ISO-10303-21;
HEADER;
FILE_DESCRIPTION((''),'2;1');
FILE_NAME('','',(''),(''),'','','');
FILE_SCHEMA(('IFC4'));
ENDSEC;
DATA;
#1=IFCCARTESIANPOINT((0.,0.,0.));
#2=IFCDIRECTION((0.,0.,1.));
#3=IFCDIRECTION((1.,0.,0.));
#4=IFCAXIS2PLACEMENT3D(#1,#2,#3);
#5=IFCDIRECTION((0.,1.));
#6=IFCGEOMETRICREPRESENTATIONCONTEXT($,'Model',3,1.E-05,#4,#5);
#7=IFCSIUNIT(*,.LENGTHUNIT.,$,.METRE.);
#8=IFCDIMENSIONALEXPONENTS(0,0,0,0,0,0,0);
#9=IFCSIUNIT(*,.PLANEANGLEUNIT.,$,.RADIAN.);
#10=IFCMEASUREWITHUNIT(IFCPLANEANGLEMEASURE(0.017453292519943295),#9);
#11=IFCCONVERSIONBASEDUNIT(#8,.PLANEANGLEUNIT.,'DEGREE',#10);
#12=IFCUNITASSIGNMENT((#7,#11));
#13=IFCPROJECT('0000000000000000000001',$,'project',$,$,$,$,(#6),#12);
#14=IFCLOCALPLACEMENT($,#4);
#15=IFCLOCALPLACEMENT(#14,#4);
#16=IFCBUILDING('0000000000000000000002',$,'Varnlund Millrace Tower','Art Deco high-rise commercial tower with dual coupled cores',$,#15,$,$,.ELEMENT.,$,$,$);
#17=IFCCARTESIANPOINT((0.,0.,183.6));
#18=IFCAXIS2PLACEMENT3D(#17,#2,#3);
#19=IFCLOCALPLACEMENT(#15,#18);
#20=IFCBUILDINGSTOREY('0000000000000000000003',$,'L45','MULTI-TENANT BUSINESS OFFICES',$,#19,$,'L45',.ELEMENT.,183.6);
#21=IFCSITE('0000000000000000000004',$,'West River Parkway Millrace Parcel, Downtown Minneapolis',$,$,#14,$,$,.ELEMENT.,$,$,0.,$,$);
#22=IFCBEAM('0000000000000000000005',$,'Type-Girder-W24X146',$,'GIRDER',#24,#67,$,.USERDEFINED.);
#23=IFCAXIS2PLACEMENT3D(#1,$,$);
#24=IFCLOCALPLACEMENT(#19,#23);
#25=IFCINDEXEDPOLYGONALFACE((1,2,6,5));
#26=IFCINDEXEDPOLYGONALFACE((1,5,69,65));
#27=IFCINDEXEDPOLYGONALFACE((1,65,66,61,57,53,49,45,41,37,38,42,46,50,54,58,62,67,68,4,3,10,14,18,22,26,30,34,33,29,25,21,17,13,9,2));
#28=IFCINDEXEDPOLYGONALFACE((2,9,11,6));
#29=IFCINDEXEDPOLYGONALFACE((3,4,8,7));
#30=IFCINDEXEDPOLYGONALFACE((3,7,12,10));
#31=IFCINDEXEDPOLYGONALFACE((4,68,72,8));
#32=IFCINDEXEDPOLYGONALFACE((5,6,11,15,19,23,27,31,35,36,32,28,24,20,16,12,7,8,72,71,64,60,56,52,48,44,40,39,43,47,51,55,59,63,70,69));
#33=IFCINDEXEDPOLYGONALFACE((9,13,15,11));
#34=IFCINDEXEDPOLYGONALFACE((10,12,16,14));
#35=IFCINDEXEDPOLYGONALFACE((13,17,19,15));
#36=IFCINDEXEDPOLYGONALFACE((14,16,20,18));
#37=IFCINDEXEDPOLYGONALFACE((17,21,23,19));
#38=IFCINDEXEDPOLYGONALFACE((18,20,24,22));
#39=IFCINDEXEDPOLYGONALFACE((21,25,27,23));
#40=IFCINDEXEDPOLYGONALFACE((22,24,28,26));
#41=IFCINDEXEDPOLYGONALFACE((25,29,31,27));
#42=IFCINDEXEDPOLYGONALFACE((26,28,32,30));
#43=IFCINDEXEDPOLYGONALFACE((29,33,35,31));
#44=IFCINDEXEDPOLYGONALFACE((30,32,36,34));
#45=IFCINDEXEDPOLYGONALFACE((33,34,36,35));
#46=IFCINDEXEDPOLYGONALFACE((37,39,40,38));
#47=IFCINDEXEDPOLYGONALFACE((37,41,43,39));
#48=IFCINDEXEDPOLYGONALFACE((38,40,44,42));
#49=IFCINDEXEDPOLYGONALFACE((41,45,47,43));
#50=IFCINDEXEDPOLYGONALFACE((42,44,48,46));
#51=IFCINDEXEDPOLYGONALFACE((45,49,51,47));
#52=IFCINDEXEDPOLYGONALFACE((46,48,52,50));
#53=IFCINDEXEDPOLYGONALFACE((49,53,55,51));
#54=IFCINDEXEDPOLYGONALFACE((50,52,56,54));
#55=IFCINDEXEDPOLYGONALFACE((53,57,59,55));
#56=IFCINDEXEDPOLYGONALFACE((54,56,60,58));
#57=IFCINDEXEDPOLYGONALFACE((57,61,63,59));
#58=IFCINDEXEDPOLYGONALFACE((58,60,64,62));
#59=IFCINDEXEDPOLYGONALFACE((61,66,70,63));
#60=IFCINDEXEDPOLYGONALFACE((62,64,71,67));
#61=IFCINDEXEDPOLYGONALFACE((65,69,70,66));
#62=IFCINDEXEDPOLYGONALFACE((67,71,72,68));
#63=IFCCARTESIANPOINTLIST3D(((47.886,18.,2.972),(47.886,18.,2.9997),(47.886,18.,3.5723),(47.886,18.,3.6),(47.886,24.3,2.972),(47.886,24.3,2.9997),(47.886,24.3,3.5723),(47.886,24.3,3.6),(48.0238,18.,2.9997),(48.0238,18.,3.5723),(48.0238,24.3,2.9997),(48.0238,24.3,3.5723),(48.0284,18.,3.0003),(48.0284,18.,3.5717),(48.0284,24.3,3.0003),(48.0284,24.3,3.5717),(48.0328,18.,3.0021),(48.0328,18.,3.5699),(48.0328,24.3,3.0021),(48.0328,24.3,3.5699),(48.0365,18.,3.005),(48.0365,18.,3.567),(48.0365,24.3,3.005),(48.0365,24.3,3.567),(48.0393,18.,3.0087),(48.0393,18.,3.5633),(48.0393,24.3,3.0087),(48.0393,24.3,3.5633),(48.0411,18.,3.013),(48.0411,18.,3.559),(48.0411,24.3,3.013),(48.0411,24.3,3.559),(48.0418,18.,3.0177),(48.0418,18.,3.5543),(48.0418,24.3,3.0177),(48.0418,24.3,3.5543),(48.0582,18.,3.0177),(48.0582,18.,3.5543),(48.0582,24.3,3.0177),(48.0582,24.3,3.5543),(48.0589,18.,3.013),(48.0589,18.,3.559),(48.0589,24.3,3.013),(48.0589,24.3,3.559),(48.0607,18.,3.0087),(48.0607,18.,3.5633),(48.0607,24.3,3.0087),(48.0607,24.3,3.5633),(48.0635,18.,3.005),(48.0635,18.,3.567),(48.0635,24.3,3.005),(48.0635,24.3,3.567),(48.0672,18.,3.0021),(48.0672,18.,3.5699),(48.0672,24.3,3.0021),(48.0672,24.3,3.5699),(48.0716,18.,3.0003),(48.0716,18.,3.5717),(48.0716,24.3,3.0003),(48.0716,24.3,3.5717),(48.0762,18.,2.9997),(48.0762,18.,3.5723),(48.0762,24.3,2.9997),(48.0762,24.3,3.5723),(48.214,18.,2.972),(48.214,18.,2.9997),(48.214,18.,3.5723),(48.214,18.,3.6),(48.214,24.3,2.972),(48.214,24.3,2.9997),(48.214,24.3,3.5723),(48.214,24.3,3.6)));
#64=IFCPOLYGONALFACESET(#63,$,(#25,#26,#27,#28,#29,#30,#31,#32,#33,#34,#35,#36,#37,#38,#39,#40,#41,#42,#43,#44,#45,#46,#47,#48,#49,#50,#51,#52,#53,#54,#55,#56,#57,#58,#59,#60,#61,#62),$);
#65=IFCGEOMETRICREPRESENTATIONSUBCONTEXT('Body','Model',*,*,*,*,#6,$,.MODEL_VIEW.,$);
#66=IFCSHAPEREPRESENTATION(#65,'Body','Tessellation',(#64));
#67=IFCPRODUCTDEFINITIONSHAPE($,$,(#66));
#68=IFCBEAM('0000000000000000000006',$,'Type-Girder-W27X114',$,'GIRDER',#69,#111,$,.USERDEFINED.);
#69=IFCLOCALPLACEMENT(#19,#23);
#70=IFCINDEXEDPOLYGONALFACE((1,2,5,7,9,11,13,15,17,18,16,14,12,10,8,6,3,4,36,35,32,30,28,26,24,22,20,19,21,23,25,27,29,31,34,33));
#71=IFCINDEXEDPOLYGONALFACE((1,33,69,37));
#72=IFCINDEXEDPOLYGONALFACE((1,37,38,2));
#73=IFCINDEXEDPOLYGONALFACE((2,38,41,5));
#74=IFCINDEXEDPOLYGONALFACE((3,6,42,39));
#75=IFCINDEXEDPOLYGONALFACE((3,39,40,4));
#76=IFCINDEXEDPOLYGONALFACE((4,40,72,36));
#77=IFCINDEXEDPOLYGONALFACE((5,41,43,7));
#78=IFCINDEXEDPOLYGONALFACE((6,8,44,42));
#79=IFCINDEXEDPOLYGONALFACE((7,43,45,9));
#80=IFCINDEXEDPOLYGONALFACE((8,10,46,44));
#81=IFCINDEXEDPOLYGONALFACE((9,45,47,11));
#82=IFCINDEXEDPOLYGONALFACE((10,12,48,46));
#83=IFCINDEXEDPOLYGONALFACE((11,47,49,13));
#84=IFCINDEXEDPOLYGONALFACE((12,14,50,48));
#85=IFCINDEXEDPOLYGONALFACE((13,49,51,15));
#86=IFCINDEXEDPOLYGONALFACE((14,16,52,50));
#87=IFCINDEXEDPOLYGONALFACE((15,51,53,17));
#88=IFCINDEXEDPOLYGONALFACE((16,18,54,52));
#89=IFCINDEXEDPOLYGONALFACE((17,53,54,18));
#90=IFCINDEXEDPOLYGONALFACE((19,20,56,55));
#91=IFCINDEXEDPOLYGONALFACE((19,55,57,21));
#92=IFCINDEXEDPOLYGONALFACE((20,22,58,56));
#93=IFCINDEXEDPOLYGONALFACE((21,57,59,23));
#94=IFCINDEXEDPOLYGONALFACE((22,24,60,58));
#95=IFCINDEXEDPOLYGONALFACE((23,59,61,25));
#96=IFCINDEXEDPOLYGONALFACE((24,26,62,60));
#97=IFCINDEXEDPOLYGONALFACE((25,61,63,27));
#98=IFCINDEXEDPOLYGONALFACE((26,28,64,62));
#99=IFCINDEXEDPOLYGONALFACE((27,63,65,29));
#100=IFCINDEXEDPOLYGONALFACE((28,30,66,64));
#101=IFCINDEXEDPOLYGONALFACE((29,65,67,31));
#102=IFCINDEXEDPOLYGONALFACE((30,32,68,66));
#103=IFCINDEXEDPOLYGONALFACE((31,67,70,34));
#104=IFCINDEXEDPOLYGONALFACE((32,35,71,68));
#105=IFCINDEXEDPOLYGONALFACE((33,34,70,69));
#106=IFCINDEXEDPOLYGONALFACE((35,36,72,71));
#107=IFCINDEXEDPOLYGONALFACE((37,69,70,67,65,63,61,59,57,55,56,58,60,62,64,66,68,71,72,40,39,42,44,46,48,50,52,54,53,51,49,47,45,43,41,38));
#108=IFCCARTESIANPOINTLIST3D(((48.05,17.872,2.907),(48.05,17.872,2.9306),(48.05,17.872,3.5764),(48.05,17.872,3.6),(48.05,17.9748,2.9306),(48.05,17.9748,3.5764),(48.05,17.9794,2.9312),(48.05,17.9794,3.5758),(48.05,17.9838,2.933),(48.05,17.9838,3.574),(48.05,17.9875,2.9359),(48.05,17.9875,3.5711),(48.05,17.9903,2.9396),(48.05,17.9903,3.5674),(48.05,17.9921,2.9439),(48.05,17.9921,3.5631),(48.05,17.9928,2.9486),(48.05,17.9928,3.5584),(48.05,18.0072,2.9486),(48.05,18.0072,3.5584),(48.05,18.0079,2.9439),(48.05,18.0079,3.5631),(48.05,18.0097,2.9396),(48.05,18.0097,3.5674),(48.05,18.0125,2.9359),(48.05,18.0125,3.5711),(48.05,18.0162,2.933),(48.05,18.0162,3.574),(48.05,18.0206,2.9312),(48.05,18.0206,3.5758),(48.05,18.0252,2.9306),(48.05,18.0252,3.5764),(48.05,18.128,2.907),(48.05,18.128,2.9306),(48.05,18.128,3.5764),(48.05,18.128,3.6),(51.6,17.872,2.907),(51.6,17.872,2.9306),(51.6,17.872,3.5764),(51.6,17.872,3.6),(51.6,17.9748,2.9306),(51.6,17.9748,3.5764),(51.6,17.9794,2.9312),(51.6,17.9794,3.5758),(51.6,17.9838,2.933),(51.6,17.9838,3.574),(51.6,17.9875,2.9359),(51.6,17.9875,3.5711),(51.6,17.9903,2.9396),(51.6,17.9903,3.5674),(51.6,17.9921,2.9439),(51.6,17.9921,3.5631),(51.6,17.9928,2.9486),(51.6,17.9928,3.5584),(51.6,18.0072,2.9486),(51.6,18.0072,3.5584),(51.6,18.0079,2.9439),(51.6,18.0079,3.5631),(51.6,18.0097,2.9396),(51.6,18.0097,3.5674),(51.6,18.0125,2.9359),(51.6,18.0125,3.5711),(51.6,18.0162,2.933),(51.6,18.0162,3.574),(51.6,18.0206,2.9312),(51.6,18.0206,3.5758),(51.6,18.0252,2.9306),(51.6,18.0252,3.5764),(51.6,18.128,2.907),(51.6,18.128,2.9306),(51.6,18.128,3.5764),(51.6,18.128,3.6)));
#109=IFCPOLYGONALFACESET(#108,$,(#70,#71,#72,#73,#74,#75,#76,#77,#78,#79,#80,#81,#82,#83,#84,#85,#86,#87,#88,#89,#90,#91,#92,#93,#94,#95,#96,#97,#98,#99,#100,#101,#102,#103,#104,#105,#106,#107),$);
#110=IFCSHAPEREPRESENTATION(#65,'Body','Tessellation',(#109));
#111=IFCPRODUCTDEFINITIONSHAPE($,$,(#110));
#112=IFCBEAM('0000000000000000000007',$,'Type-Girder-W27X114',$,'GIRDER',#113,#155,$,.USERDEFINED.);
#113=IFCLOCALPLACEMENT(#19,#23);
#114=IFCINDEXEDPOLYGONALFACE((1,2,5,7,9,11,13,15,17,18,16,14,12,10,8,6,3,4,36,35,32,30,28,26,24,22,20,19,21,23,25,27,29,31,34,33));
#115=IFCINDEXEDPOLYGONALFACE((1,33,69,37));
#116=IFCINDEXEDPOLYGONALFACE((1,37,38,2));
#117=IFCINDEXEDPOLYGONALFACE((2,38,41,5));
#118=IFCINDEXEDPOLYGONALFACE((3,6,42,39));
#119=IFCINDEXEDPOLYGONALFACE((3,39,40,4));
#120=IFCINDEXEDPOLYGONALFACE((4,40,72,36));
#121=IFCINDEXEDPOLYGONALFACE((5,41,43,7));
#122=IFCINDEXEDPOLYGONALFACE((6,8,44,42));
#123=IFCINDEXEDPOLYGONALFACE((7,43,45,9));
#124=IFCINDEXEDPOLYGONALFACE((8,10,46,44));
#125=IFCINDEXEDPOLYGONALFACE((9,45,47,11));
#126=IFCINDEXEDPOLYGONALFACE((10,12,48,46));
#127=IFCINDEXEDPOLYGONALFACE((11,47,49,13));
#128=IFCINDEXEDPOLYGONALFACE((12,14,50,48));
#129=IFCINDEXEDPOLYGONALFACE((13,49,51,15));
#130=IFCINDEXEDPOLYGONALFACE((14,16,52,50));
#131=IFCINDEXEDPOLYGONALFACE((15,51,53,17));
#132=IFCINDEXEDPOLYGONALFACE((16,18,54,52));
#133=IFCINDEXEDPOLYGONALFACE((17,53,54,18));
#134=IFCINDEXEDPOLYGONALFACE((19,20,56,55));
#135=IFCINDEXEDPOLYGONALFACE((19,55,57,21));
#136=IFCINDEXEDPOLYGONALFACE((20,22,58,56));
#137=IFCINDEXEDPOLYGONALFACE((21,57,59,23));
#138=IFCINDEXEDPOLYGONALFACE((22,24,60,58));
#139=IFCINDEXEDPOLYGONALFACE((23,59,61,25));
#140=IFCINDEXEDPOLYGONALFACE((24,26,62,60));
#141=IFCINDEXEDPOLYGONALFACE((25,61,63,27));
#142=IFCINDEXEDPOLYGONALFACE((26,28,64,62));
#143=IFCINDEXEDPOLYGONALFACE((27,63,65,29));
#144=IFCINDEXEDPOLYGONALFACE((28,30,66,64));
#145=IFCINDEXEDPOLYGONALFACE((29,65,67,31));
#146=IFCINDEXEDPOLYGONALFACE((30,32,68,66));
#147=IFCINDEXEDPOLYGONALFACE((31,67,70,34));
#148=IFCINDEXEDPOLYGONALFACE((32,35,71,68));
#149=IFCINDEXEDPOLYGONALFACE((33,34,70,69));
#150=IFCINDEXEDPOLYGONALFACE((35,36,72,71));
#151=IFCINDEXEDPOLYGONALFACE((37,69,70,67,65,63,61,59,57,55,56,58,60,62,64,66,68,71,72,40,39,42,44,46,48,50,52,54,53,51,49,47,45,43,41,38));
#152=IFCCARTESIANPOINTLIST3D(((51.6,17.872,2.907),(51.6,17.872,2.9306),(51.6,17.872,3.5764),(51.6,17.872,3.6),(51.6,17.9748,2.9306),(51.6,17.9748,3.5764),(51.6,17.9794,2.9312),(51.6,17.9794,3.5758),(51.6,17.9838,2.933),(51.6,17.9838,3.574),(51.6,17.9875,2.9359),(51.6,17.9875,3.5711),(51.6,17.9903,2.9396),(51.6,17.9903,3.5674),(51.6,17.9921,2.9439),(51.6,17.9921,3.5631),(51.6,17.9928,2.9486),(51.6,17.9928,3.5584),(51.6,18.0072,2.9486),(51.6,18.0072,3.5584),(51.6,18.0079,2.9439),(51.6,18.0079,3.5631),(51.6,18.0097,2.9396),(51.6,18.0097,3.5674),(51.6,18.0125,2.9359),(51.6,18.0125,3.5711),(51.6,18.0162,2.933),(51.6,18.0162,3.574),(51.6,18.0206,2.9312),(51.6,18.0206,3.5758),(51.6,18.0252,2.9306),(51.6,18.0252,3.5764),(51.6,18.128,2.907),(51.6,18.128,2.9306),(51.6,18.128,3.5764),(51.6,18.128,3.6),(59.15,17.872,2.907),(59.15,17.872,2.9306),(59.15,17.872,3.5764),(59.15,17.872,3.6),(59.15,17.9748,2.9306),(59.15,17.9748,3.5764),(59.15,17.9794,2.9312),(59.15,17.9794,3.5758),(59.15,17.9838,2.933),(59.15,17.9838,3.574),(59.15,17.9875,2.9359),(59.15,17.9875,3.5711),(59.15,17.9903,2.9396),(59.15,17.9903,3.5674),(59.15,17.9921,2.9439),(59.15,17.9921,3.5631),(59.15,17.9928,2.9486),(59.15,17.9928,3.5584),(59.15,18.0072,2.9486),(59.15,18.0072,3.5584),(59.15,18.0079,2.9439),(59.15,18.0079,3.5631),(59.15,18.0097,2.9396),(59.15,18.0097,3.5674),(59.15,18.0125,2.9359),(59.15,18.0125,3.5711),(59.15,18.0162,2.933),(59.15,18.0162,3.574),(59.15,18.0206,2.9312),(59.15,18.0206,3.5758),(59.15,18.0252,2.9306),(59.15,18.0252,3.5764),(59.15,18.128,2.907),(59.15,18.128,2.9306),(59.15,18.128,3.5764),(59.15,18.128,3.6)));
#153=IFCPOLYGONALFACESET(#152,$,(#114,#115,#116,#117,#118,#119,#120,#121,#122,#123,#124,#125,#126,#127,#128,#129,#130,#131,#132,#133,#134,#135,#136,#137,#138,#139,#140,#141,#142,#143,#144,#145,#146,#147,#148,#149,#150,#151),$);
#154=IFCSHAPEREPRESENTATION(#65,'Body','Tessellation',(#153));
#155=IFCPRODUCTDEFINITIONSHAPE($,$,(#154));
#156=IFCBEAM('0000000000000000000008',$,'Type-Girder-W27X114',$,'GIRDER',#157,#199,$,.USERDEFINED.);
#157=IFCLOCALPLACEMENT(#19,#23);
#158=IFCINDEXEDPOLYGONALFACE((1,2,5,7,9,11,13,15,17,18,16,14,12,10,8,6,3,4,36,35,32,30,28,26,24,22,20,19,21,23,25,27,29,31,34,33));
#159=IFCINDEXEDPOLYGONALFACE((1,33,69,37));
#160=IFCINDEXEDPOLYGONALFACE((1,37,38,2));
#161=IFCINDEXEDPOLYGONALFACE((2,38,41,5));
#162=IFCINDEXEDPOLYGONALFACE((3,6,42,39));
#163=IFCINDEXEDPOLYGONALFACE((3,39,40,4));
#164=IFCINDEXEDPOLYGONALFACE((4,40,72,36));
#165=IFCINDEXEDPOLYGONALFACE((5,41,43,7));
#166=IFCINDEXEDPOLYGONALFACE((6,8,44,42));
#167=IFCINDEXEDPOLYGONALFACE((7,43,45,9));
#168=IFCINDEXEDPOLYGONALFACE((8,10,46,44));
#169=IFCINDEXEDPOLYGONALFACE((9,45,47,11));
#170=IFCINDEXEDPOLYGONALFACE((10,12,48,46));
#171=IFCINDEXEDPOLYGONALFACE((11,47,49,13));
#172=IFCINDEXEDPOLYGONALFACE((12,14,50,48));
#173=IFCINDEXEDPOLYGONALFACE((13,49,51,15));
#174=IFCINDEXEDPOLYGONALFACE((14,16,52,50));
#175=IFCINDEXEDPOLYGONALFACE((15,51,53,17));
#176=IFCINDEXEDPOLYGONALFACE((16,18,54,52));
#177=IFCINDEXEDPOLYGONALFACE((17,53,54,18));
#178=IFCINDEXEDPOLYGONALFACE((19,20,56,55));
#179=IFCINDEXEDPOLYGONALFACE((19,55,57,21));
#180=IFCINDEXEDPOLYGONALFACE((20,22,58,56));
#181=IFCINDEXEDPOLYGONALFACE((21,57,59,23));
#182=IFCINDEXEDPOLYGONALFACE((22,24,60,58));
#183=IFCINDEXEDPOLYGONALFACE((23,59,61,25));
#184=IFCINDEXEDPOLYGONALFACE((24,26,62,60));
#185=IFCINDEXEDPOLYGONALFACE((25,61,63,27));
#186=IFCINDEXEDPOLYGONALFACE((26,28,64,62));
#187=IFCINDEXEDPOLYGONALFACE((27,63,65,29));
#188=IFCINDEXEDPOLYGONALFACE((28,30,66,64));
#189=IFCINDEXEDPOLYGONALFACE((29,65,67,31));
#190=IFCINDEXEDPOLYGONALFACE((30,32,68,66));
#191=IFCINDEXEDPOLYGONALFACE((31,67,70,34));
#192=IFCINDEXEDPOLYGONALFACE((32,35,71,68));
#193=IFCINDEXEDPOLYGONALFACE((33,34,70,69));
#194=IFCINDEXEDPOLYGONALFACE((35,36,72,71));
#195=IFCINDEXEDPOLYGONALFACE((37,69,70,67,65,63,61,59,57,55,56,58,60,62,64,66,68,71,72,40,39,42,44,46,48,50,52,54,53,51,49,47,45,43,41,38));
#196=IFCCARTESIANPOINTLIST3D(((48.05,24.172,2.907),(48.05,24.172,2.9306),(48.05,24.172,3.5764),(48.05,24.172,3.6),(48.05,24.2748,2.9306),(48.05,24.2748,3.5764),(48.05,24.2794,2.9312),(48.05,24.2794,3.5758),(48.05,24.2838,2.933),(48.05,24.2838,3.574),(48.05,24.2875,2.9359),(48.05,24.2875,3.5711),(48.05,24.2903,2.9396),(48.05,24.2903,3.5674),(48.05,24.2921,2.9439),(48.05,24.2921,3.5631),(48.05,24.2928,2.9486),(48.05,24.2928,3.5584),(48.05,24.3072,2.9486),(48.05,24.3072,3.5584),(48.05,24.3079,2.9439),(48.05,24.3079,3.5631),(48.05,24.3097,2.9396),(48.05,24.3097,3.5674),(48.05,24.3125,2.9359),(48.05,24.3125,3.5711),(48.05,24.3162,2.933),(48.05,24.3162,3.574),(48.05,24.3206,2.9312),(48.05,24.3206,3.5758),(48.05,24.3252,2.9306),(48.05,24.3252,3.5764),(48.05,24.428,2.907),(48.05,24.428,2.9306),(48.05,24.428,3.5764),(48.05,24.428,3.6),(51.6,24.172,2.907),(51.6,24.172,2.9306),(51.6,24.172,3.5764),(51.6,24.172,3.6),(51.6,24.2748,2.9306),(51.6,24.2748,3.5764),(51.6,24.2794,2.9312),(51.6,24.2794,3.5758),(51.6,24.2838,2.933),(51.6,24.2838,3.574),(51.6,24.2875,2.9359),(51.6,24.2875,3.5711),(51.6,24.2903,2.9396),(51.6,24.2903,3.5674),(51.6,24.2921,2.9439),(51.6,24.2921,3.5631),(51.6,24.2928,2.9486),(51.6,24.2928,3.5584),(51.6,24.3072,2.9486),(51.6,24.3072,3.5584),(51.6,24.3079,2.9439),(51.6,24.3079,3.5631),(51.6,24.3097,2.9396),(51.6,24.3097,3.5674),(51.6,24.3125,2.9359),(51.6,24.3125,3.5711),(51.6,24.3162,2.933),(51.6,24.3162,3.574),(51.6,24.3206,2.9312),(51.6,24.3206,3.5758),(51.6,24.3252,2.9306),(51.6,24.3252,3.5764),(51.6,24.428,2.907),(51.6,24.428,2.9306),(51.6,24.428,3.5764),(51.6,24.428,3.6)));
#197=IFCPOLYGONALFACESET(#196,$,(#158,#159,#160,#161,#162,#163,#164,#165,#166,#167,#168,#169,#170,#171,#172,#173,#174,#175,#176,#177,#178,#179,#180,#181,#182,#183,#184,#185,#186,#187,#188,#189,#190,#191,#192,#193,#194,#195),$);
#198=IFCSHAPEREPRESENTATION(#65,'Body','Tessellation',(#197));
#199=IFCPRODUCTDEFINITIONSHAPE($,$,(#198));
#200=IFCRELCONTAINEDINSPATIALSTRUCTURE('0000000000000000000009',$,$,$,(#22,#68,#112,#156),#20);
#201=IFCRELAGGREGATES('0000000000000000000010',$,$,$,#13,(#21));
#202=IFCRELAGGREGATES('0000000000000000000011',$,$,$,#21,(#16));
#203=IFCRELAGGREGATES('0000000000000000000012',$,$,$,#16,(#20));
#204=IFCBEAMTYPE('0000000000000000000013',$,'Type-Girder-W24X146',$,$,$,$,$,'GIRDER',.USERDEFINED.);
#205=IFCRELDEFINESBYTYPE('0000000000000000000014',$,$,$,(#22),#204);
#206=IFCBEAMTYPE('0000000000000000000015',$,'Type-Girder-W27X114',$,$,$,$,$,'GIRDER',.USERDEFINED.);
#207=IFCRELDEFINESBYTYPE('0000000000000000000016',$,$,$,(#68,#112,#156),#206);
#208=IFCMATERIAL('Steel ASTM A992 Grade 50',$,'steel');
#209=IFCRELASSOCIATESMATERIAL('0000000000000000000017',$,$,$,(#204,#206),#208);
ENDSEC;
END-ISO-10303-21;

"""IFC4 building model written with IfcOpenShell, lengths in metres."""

from ifc_helpers import new_model, entity, si_unit, converted_unit, direction, frame, origin_with_axes, origin_2d_with_axis, place, context, subcontext, project, spatial, i_section, extrude, material, material_profile, profile_set, type_object, element, save


model = new_model("IFC4")

# Units and contexts
model_context = context("Model", 3, precision=1e-05, world=origin_with_axes(), true_north=direction((0.0, 1.0)))
body_context = subcontext(model_context, "Body", "Model", "MODEL_VIEW")
ifc_project = project(units=[si_unit("LENGTHUNIT", "METRE"), converted_unit("PLANEANGLEUNIT", "DEGREE", entity("IfcPlaneAngleMeasure", 0.017453292519943295), si_unit("PLANEANGLEUNIT", "RADIAN"), dimensions=[0, 0, 0, 0, 0, 0, 0])], contexts=[model_context])

# Site, building, storey
site_placement = place(None, origin_with_axes())
site = spatial("IfcSite", under=ifc_project, at=site_placement, Name="West River Parkway Millrace Parcel, Downtown Minneapolis", CompositionType="ELEMENT", RefElevation=0.0)
building_placement = place(site_placement, origin_with_axes())
building = spatial("IfcBuilding", under=site, at=building_placement, Name="Varnlund Millrace Tower", Description="Art Deco high-rise commercial tower with dual coupled cores", CompositionType="ELEMENT")
storey_placement = place(building_placement, frame((0.0, 0.0, 183.6), z_axis=(0.0, 0.0, 1.0), x_axis=(1.0, 0.0, 0.0)))
storey = spatial("IfcBuildingStorey", under=building, at=storey_placement, Name="L45", Description="MULTI-TENANT BUSINESS OFFICES", LongName="L45", CompositionType="ELEMENT", Elevation=183.6)

# Beams
ifc_material_1 = material(Name="Steel ASTM A992 Grade 50", Category="steel")
ifc_material_profile_1 = material_profile(ifc_material_1, i_section(OverallWidth=0.328, OverallDepth=0.628, WebThickness=0.0165, FlangeThickness=0.0277, FilletRadius=0.018, at=origin_2d_with_axis()), Name="Steel ASTM A992 Grade 50")
ifc_profile_set_1 = profile_set([ifc_material_profile_1], Name="Steel ASTM A992 Grade 50")
beam_type_1 = type_object("IfcBeamType", Name="Type-Girder-W24X146", ElementType="GIRDER", PredefinedType="USERDEFINED", material=ifc_profile_set_1)
beam_1_placement = place(storey_placement, frame((48.05, 18.0, 3.286), z_axis=(0.0, 1.0, 0.0), x_axis=(-1.0, 0.0, 0.0)))
element("IfcBeam", 1, at=beam_1_placement, inside=storey, type_object=beam_type_1, Name="Type-Girder-W24X146", ObjectType="GIRDER", PredefinedType="USERDEFINED", context=body_context, shape_type="SweptSolid", body=[
    extrude(i_section(OverallWidth=0.328, OverallDepth=0.628, WebThickness=0.0165, FlangeThickness=0.0277, FilletRadius=0.018, at=origin_2d_with_axis()), origin_with_axes(), (0.0, 0.0, 1.0), 6.3),
])
ifc_material_profile_2 = material_profile(ifc_material_1, i_section(OverallWidth=0.256, OverallDepth=0.693, WebThickness=0.0145, FlangeThickness=0.0236, FilletRadius=0.018, at=origin_2d_with_axis()), Name="Steel ASTM A992 Grade 50")
ifc_profile_set_2 = profile_set([ifc_material_profile_2], Name="Steel ASTM A992 Grade 50")
beam_type_2 = type_object("IfcBeamType", Name="Type-Girder-W27X114", ElementType="GIRDER", PredefinedType="USERDEFINED", material=ifc_profile_set_2)
beam_2_placement = place(storey_placement, frame((48.05, 18.0, 3.2535), z_axis=(1.0, 0.0, 0.0), x_axis=(0.0, 1.0, 0.0)))
element("IfcBeam", 2, at=beam_2_placement, inside=storey, type_object=beam_type_2, Name="Type-Girder-W27X114", ObjectType="GIRDER", PredefinedType="USERDEFINED", context=body_context, shape_type="SweptSolid", body=[
    extrude(i_section(OverallWidth=0.256, OverallDepth=0.693, WebThickness=0.0145, FlangeThickness=0.0236, FilletRadius=0.018, at=origin_2d_with_axis()), origin_with_axes(), (0.0, 0.0, 1.0), 3.55),
])
beam_3_placement = place(storey_placement, frame((51.6, 18.0, 3.2535), z_axis=(1.0, 0.0, 0.0), x_axis=(0.0, 1.0, 0.0)))
element("IfcBeam", 3, at=beam_3_placement, inside=storey, type_object=beam_type_2, Name="Type-Girder-W27X114", ObjectType="GIRDER", PredefinedType="USERDEFINED", context=body_context, shape_type="SweptSolid", body=[
    extrude(i_section(OverallWidth=0.256, OverallDepth=0.693, WebThickness=0.0145, FlangeThickness=0.0236, FilletRadius=0.018, at=origin_2d_with_axis()), origin_with_axes(), (0.0, 0.0, 1.0), 7.55),
])
beam_4_placement = place(storey_placement, frame((48.05, 24.3, 3.2535), z_axis=(1.0, 0.0, 0.0), x_axis=(0.0, 1.0, 0.0)))
element("IfcBeam", 4, at=beam_4_placement, inside=storey, type_object=beam_type_2, Name="Type-Girder-W27X114", ObjectType="GIRDER", PredefinedType="USERDEFINED", context=body_context, shape_type="SweptSolid", body=[
    extrude(i_section(OverallWidth=0.256, OverallDepth=0.693, WebThickness=0.0145, FlangeThickness=0.0236, FilletRadius=0.018, at=origin_2d_with_axis()), origin_with_axes(), (0.0, 0.0, 1.0), 3.55),
])

save(model, "model.ifc")
